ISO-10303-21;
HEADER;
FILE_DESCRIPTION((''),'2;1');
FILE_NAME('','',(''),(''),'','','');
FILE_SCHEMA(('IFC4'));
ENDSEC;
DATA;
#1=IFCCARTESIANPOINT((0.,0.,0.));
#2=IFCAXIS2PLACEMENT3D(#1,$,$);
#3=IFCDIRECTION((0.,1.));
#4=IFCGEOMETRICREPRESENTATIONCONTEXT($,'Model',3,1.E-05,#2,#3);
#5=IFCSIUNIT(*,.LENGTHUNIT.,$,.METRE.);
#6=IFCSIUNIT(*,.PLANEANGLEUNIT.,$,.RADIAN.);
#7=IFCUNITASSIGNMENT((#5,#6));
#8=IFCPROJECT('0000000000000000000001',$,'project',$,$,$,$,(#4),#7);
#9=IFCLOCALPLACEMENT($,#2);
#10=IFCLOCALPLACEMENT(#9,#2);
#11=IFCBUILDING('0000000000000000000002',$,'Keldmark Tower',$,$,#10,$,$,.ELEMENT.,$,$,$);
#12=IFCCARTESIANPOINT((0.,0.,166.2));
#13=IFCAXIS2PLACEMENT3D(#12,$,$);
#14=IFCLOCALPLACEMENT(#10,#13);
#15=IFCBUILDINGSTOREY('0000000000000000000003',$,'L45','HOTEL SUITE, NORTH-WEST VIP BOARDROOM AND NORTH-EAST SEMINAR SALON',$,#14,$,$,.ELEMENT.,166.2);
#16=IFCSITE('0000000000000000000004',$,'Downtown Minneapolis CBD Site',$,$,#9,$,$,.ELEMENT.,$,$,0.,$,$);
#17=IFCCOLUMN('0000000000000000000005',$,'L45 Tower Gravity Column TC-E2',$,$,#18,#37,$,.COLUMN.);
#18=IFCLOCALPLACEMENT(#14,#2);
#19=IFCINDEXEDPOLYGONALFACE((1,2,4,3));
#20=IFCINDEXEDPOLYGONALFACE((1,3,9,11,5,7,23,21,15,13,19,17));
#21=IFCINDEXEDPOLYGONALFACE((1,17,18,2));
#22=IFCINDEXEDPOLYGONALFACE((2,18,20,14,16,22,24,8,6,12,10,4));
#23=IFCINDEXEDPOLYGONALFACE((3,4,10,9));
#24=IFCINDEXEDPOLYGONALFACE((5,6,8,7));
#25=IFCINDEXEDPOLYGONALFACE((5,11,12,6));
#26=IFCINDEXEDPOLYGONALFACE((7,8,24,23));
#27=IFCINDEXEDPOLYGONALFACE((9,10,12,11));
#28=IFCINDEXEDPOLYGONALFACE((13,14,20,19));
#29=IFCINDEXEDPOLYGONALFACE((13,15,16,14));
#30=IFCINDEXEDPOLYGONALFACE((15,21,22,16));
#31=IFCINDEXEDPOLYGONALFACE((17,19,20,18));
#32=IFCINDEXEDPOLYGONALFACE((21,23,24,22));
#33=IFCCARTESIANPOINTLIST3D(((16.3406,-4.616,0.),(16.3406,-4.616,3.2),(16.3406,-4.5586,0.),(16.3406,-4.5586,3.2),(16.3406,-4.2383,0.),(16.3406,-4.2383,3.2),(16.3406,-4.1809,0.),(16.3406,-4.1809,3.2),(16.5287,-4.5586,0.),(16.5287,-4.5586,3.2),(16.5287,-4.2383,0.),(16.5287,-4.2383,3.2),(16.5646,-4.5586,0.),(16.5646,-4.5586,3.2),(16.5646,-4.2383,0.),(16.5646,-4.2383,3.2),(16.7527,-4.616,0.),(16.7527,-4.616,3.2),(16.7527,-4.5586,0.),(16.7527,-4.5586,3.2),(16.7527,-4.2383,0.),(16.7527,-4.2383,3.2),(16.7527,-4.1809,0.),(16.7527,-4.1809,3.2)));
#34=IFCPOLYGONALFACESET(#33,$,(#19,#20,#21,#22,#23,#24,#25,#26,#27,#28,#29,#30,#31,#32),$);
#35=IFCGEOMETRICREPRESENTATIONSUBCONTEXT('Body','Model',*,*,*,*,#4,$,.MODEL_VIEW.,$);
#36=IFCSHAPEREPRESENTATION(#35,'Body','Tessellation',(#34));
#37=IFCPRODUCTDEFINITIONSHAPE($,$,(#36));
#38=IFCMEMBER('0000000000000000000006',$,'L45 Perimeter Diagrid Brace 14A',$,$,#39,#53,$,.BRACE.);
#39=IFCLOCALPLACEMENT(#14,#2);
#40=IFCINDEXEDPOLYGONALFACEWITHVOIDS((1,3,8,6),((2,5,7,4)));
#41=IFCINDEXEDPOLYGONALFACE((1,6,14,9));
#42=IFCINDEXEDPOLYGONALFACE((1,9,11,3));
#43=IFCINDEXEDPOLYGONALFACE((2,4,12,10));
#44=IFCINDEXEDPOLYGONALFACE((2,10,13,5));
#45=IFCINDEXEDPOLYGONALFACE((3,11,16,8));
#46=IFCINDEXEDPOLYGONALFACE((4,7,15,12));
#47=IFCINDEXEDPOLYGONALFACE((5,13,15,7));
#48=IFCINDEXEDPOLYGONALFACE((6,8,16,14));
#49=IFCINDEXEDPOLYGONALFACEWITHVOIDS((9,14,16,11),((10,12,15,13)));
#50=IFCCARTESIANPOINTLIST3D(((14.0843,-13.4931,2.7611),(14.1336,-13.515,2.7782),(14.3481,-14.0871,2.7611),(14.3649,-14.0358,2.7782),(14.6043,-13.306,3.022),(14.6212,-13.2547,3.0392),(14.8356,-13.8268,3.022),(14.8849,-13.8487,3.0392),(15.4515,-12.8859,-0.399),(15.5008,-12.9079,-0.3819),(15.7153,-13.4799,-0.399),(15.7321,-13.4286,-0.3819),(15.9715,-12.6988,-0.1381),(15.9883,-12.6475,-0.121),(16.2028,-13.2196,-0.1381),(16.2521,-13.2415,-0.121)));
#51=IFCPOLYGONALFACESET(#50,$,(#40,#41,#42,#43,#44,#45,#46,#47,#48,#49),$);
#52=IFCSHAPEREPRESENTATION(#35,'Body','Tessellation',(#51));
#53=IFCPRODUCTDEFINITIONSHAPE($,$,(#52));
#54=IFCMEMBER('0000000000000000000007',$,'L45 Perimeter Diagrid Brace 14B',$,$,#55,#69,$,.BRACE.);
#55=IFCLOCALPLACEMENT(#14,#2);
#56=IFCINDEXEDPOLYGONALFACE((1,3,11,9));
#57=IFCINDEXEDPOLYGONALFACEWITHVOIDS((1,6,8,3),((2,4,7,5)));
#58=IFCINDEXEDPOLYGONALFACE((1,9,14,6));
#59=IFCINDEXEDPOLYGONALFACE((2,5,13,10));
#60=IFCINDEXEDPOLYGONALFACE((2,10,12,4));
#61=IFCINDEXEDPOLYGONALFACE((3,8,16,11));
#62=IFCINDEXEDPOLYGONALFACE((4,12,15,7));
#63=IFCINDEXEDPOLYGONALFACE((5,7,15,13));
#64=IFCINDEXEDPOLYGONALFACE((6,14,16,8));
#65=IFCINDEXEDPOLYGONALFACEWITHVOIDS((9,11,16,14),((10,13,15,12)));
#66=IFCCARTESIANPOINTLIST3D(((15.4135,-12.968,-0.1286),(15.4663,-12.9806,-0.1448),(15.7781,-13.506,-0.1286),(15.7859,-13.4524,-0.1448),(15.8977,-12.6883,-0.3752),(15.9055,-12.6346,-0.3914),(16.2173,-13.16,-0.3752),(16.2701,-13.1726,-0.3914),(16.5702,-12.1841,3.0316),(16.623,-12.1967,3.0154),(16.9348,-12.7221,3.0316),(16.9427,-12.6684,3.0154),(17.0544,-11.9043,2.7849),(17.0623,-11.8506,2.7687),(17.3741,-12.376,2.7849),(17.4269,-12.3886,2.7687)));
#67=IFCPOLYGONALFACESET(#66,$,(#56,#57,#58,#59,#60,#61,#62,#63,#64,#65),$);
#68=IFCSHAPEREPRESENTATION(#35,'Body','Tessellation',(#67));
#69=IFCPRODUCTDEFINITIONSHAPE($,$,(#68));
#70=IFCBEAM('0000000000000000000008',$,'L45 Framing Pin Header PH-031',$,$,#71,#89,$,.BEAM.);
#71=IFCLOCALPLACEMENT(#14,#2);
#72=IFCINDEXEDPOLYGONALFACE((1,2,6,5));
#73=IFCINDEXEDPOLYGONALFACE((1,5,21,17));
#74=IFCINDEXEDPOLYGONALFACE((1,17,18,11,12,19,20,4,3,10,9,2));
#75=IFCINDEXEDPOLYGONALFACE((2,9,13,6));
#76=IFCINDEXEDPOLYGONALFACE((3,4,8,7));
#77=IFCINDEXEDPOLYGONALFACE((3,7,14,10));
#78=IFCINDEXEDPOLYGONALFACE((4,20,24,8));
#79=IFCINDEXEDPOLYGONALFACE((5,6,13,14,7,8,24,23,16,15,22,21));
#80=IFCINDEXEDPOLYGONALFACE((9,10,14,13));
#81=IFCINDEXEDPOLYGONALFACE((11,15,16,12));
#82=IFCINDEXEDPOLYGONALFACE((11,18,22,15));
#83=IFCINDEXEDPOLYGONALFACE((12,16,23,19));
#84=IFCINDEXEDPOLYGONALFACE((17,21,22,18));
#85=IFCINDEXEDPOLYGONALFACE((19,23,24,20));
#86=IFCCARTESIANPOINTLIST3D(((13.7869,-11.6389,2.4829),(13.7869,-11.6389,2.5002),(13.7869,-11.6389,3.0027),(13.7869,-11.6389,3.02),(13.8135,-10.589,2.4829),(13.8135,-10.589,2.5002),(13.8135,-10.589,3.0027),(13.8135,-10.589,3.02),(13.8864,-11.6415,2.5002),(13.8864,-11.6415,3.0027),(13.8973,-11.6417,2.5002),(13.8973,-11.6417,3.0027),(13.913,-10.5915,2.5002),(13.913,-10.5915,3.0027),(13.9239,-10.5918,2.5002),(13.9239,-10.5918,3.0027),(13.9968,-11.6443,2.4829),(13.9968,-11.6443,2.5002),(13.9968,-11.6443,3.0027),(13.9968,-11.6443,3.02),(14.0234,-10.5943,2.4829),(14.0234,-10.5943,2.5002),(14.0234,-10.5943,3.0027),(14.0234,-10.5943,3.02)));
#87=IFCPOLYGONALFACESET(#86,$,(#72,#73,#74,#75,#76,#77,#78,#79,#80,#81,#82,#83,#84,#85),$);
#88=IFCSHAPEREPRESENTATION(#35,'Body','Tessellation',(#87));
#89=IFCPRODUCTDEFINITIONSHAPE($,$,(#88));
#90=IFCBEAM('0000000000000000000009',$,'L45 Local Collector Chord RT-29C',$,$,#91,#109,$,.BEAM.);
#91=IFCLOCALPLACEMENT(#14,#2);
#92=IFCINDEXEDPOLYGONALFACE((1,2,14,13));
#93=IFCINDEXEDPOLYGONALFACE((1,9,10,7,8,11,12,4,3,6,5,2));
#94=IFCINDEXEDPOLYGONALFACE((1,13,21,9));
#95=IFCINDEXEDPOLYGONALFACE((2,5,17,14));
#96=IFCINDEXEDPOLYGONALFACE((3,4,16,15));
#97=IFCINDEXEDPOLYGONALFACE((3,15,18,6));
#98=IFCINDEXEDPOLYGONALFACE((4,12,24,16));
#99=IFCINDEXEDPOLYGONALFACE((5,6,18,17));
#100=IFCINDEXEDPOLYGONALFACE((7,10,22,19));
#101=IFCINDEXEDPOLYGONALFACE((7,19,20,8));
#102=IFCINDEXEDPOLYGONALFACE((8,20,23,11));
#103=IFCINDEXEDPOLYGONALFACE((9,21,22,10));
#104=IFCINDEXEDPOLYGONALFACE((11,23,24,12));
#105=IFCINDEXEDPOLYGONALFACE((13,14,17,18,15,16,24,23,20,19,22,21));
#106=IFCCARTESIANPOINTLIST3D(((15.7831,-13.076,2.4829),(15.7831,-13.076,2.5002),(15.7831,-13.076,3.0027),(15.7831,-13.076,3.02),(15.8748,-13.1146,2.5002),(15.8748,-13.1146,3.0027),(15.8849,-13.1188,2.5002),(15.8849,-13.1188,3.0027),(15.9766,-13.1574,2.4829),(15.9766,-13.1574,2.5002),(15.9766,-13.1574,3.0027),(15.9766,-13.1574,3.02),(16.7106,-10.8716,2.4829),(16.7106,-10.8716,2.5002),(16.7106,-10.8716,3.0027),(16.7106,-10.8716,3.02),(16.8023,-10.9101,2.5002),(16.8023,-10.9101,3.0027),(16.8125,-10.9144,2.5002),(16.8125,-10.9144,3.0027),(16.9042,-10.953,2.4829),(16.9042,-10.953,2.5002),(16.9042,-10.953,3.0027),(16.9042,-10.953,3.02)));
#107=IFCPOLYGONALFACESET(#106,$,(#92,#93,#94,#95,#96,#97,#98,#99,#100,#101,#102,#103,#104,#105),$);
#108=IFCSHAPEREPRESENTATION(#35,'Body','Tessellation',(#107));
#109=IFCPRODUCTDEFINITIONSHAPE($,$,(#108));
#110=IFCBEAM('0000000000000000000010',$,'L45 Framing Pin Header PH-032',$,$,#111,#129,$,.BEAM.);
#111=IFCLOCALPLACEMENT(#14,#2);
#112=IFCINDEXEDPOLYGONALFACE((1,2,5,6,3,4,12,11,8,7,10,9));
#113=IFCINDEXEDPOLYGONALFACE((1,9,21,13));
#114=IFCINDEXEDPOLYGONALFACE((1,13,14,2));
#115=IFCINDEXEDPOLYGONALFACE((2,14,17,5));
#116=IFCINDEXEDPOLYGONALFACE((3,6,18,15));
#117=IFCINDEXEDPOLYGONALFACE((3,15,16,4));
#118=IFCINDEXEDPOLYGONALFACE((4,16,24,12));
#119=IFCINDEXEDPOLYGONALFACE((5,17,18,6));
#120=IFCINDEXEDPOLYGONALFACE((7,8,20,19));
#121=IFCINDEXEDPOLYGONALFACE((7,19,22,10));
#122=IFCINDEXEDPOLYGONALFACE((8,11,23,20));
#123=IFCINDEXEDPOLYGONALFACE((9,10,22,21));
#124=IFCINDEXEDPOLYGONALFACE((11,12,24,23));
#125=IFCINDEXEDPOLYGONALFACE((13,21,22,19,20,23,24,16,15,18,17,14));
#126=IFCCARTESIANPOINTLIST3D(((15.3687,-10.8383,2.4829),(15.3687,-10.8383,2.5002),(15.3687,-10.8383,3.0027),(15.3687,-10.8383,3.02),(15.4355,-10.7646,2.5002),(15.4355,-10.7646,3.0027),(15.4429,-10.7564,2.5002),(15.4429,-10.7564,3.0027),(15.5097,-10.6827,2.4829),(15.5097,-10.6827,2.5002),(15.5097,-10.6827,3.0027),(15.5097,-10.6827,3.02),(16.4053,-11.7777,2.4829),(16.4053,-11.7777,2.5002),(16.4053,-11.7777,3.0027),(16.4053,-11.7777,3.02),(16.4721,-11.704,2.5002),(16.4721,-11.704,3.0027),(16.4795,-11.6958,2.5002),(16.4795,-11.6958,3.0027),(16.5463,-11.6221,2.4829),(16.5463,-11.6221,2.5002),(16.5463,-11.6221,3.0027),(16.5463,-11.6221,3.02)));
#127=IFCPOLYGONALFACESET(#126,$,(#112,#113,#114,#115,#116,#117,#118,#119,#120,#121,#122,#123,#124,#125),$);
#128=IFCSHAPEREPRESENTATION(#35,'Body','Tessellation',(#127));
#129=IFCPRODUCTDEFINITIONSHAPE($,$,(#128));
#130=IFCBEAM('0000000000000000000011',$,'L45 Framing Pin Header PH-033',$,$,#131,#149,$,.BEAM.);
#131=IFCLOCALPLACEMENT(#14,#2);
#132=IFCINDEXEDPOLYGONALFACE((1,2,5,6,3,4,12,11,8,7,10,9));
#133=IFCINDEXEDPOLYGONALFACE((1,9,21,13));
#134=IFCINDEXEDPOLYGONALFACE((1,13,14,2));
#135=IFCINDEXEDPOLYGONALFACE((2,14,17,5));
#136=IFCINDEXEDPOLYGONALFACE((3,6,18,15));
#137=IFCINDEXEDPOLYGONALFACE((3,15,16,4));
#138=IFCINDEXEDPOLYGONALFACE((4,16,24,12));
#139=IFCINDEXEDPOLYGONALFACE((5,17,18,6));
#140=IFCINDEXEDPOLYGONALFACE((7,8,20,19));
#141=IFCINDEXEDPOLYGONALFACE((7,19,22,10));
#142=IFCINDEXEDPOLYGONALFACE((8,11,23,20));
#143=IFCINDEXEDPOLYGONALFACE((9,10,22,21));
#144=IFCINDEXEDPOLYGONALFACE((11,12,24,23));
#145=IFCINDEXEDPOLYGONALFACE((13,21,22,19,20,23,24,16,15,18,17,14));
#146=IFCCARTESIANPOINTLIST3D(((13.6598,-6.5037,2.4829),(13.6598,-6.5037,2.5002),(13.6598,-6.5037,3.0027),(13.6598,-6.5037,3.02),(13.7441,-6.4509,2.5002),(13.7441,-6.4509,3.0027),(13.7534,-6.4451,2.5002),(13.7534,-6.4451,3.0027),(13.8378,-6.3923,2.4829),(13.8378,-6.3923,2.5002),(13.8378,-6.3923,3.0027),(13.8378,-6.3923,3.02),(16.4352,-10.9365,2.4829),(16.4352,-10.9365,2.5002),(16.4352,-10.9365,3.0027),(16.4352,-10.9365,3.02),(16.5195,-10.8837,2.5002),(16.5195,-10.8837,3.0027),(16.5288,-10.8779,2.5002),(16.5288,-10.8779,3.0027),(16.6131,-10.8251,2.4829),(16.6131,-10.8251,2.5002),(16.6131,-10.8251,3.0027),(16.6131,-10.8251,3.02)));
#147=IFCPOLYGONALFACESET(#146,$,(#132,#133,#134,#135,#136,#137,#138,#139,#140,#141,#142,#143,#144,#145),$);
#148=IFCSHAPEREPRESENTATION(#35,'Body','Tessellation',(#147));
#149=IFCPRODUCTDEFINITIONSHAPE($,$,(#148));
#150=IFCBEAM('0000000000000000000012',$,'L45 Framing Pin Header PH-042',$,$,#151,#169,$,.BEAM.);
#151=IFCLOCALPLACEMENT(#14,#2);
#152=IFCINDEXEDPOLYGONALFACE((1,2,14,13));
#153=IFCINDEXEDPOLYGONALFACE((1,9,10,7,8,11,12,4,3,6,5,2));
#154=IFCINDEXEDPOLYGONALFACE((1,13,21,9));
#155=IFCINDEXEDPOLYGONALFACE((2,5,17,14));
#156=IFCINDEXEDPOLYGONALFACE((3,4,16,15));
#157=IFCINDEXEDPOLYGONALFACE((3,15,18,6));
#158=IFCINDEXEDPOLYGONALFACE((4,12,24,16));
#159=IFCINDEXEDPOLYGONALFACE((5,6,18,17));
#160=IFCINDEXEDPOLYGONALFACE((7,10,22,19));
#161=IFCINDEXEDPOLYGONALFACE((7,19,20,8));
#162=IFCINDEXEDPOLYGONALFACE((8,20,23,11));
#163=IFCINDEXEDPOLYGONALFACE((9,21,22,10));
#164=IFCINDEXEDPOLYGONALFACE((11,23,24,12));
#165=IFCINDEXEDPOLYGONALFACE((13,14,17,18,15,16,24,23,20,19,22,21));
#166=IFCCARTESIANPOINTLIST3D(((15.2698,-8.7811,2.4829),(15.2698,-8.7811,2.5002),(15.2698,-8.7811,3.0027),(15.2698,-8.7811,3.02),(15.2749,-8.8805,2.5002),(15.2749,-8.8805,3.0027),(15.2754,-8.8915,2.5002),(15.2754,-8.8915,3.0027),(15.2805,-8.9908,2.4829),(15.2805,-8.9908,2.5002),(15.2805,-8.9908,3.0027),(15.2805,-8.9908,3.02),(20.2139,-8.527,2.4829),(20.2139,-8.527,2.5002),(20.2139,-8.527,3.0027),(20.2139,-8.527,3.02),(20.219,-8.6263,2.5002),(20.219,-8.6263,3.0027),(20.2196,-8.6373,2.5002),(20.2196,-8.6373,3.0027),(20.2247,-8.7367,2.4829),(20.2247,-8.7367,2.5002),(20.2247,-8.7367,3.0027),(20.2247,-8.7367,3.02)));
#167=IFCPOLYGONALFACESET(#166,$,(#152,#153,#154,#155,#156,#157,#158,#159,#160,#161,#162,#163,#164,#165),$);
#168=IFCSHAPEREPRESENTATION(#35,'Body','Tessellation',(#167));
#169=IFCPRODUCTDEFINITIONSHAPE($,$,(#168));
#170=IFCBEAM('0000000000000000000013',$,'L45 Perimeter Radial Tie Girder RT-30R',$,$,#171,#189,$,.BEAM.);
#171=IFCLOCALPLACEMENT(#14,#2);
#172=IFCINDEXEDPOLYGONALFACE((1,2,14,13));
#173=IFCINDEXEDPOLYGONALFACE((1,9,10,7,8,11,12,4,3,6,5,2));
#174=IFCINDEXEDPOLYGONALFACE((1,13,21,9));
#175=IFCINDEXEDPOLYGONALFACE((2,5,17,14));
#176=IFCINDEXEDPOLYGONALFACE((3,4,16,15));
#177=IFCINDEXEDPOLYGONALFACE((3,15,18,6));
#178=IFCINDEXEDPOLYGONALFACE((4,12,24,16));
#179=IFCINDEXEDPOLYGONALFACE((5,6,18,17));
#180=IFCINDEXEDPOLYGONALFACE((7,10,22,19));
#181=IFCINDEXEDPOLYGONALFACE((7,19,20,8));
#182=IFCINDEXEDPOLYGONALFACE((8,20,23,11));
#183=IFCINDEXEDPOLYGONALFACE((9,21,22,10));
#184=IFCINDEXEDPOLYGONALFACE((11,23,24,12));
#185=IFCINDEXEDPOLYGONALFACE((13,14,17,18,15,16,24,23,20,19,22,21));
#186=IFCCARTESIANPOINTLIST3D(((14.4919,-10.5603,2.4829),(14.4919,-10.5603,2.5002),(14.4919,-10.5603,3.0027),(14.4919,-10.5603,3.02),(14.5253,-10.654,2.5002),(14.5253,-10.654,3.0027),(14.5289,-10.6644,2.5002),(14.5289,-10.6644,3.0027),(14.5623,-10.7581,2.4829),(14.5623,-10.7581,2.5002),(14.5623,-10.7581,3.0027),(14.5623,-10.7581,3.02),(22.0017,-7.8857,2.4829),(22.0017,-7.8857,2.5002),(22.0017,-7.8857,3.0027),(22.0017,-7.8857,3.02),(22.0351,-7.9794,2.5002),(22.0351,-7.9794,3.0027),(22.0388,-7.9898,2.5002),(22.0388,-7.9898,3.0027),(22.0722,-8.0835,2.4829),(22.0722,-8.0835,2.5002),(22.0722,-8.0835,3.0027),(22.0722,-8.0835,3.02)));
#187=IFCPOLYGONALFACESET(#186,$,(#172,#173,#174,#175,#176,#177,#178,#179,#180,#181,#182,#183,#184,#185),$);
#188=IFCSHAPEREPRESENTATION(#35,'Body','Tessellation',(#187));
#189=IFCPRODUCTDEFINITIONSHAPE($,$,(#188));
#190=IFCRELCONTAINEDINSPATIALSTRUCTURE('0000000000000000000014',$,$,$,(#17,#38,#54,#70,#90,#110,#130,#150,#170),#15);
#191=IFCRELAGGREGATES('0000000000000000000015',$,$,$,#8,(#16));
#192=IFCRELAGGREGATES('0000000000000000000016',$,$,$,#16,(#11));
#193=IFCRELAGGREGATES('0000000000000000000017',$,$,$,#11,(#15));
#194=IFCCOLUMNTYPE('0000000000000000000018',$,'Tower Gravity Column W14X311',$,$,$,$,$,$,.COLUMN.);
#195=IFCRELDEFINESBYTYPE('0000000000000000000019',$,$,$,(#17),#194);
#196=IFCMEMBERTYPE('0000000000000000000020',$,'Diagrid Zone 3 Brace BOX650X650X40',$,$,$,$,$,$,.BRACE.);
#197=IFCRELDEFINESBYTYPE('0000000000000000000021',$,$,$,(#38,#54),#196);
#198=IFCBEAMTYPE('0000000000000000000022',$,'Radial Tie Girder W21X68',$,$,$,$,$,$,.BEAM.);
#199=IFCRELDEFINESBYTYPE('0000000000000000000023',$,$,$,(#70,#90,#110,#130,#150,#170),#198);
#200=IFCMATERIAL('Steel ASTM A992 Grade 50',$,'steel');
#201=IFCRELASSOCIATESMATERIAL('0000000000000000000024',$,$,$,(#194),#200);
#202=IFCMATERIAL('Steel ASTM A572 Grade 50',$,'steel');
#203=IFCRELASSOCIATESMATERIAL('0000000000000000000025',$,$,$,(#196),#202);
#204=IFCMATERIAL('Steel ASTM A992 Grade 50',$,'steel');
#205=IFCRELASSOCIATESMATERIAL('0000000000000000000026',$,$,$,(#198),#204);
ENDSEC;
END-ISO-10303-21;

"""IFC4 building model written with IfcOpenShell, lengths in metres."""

from ifc_helpers import new_model, si_unit, direction, frame, origin, origin_2d, place, context, subcontext, project, spatial, hollow_rectangle, i_section, extrude, material, material_profile, profile_set, type_object, element, save


model = new_model("IFC4")

# Units and contexts
model_context = context("Model", 3, precision=1e-05, world=origin(), true_north=direction((0.0, 1.0)))
body_context = subcontext(model_context, "Body", "Model", "MODEL_VIEW")
ifc_project = project(units=[si_unit("LENGTHUNIT", "METRE"), si_unit("PLANEANGLEUNIT", "RADIAN")], contexts=[model_context])

# Site, building, storey
site_placement = place(None, origin())
site = spatial("IfcSite", under=ifc_project, at=site_placement, Name="Downtown Minneapolis CBD Site", CompositionType="ELEMENT", RefElevation=0.0)
building_placement = place(site_placement, origin())
building = spatial("IfcBuilding", under=site, at=building_placement, Name="Keldmark Tower", CompositionType="ELEMENT")
storey_placement = place(building_placement, frame((0.0, 0.0, 166.2)))
storey = spatial("IfcBuildingStorey", under=building, at=storey_placement, Name="L45", Description="HOTEL SUITE, NORTH-WEST VIP BOARDROOM AND NORTH-EAST SEMINAR SALON", CompositionType="ELEMENT", Elevation=166.2)

# Column
ifc_material_1 = material(Name="Steel ASTM A992 Grade 50", Category="steel")
ifc_material_profile_1 = material_profile(ifc_material_1, i_section(OverallWidth=0.4121, OverallDepth=0.4351, WebThickness=0.0359, FlangeThickness=0.0574, at=origin_2d()), Name="W14X311")
ifc_profile_set_1 = profile_set([ifc_material_profile_1], Name="Steel ASTM A992 Grade 50")
column_type = type_object("IfcColumnType", Name="Tower Gravity Column W14X311", PredefinedType="COLUMN", material=ifc_profile_set_1)
column_placement = place(storey_placement, frame((16.5466, -4.3984, 0.0), z_axis=(0.0, 0.0, 1.0), x_axis=(1.0, 0.0, 0.0)))
element("IfcColumn", 1, at=column_placement, inside=storey, type_object=column_type, Name="L45 Tower Gravity Column TC-E2", PredefinedType="COLUMN", context=body_context, shape_type="SweptSolid", body=[
    extrude(i_section(OverallWidth=0.4121, OverallDepth=0.4351, WebThickness=0.0359, FlangeThickness=0.0574, at=origin_2d()), origin(), (0.0, 0.0, 1.0), 3.2),
])

# Members
ifc_material_2 = material(Name="Steel ASTM A572 Grade 50", Category="steel")
ifc_material_profile_2 = material_profile(ifc_material_2, hollow_rectangle(XDim=0.6499, YDim=0.6499, WallThickness=0.04, at=origin_2d()), Name="BOX650X650X40")
ifc_profile_set_2 = profile_set([ifc_material_profile_2], Name="Steel ASTM A572 Grade 50")
member_type = type_object("IfcMemberType", Name="Diagrid Zone 3 Brace BOX650X650X40", PredefinedType="BRACE", material=ifc_profile_set_2)
member_1_placement = place(storey_placement, frame((15.8518, -13.0637, -0.26), z_axis=(-0.391033, -0.173661, 0.903845), x_axis=(0.405881, -0.913926, 0.0)))
element("IfcMember", 2, at=member_1_placement, inside=storey, type_object=member_type, Name="L45 Perimeter Diagrid Brace 14A", PredefinedType="BRACE", context=body_context, shape_type="SweptSolid", body=[
    extrude(hollow_rectangle(XDim=0.6499, YDim=0.6499, WallThickness=0.04, at=origin_2d()), origin(), (0.0, 0.0, 1.0), 3.4963),
])
member_2_placement = place(storey_placement, frame((15.8418, -13.0703, -0.26), z_axis=(0.334771, 0.226878, 0.914579), x_axis=(-0.561014, 0.827806, 0.0)))
element("IfcMember", 3, at=member_2_placement, inside=storey, type_object=member_type, Name="L45 Perimeter Diagrid Brace 14B", PredefinedType="BRACE", context=body_context, shape_type="SweptSolid", body=[
    extrude(hollow_rectangle(XDim=0.6499, YDim=0.6499, WallThickness=0.04, at=origin_2d()), origin(), (0.0, 0.0, 1.0), 3.4553),
])

# Beams
ifc_material_3 = material(Name="Steel ASTM A992 Grade 50", Category="steel")
ifc_material_profile_3 = material_profile(ifc_material_3, i_section(OverallWidth=0.21, OverallDepth=0.5371, WebThickness=0.011, FlangeThickness=0.0173, at=origin_2d()), Name="W21X68")
ifc_profile_set_3 = profile_set([ifc_material_profile_3], Name="Steel ASTM A992 Grade 50")
beam_type_1 = type_object("IfcBeamType", Name="Radial Tie Girder W21X68", PredefinedType="BEAM", material=ifc_profile_set_3)
beam_1_placement = place(storey_placement, frame((13.8918, -11.6416, 2.7515), z_axis=(0.025335, 0.999679, 0.0), x_axis=(-0.999679, 0.025335, 0.0)))
element("IfcBeam", 4, at=beam_1_placement, inside=storey, type_object=beam_type_1, Name="L45 Framing Pin Header PH-031", PredefinedType="BEAM", context=body_context, shape_type="SweptSolid", body=[
    extrude(i_section(OverallWidth=0.21, OverallDepth=0.5371, WebThickness=0.011, FlangeThickness=0.0173, at=origin_2d()), origin(), (0.0, 0.0, 1.0), 1.0503),
])
beam_2_placement = place(storey_placement, frame((15.8799, -13.1167, 2.7515), z_axis=(0.387824, 0.921733, 0.0), x_axis=(-0.921733, 0.387824, 0.0)))
element("IfcBeam", 5, at=beam_2_placement, inside=storey, type_object=beam_type_1, Name="L45 Local Collector Chord RT-29C", PredefinedType="BEAM", context=body_context, shape_type="SweptSolid", body=[
    extrude(i_section(OverallWidth=0.21, OverallDepth=0.5371, WebThickness=0.011, FlangeThickness=0.0173, at=origin_2d()), origin(), (0.0, 0.0, 1.0), 2.3916),
])
beam_3_placement = place(storey_placement, frame((15.4392, -10.7605, 2.7515), z_axis=(0.740982, -0.671525, 0.0), x_axis=(0.671525, 0.740982, 0.0)))
element("IfcBeam", 6, at=beam_3_placement, inside=storey, type_object=beam_type_1, Name="L45 Framing Pin Header PH-032", PredefinedType="BEAM", context=body_context, shape_type="SweptSolid", body=[
    extrude(i_section(OverallWidth=0.21, OverallDepth=0.5371, WebThickness=0.011, FlangeThickness=0.0173, at=origin_2d()), origin(), (0.0, 0.0, 1.0), 1.3989),
])
beam_4_placement = place(storey_placement, frame((13.7488, -6.448, 2.7515), z_axis=(0.530666, -0.847581, 0.0), x_axis=(0.847581, 0.530666, 0.0)))
element("IfcBeam", 7, at=beam_4_placement, inside=storey, type_object=beam_type_1, Name="L45 Framing Pin Header PH-033", PredefinedType="BEAM", context=body_context, shape_type="SweptSolid", body=[
    extrude(i_section(OverallWidth=0.21, OverallDepth=0.5371, WebThickness=0.011, FlangeThickness=0.0173, at=origin_2d()), origin(), (0.0, 0.0, 1.0), 5.23),
])
beam_5_placement = place(storey_placement, frame((15.2751, -8.886, 2.7515), z_axis=(0.998681, 0.051337, 0.0), x_axis=(-0.051337, 0.998681, 0.0)))
element("IfcBeam", 8, at=beam_5_placement, inside=storey, type_object=beam_type_1, Name="L45 Framing Pin Header PH-042", PredefinedType="BEAM", context=body_context, shape_type="SweptSolid", body=[
    extrude(i_section(OverallWidth=0.21, OverallDepth=0.5371, WebThickness=0.011, FlangeThickness=0.0173, at=origin_2d()), origin(), (0.0, 0.0, 1.0), 4.9507),
])
beam_6_placement = place(storey_placement, frame((14.5271, -10.6592, 2.7515), z_axis=(0.942039, 0.335502, 0.0), x_axis=(-0.335502, 0.942039, 0.0)))
element("IfcBeam", 9, at=beam_6_placement, inside=storey, type_object=beam_type_1, Name="L45 Perimeter Radial Tie Girder RT-30R", PredefinedType="BEAM", context=body_context, shape_type="SweptSolid", body=[
    extrude(i_section(OverallWidth=0.21, OverallDepth=0.5371, WebThickness=0.011, FlangeThickness=0.0173, at=origin_2d()), origin(), (0.0, 0.0, 1.0), 7.9719),
])

save(model, "model.ifc")
